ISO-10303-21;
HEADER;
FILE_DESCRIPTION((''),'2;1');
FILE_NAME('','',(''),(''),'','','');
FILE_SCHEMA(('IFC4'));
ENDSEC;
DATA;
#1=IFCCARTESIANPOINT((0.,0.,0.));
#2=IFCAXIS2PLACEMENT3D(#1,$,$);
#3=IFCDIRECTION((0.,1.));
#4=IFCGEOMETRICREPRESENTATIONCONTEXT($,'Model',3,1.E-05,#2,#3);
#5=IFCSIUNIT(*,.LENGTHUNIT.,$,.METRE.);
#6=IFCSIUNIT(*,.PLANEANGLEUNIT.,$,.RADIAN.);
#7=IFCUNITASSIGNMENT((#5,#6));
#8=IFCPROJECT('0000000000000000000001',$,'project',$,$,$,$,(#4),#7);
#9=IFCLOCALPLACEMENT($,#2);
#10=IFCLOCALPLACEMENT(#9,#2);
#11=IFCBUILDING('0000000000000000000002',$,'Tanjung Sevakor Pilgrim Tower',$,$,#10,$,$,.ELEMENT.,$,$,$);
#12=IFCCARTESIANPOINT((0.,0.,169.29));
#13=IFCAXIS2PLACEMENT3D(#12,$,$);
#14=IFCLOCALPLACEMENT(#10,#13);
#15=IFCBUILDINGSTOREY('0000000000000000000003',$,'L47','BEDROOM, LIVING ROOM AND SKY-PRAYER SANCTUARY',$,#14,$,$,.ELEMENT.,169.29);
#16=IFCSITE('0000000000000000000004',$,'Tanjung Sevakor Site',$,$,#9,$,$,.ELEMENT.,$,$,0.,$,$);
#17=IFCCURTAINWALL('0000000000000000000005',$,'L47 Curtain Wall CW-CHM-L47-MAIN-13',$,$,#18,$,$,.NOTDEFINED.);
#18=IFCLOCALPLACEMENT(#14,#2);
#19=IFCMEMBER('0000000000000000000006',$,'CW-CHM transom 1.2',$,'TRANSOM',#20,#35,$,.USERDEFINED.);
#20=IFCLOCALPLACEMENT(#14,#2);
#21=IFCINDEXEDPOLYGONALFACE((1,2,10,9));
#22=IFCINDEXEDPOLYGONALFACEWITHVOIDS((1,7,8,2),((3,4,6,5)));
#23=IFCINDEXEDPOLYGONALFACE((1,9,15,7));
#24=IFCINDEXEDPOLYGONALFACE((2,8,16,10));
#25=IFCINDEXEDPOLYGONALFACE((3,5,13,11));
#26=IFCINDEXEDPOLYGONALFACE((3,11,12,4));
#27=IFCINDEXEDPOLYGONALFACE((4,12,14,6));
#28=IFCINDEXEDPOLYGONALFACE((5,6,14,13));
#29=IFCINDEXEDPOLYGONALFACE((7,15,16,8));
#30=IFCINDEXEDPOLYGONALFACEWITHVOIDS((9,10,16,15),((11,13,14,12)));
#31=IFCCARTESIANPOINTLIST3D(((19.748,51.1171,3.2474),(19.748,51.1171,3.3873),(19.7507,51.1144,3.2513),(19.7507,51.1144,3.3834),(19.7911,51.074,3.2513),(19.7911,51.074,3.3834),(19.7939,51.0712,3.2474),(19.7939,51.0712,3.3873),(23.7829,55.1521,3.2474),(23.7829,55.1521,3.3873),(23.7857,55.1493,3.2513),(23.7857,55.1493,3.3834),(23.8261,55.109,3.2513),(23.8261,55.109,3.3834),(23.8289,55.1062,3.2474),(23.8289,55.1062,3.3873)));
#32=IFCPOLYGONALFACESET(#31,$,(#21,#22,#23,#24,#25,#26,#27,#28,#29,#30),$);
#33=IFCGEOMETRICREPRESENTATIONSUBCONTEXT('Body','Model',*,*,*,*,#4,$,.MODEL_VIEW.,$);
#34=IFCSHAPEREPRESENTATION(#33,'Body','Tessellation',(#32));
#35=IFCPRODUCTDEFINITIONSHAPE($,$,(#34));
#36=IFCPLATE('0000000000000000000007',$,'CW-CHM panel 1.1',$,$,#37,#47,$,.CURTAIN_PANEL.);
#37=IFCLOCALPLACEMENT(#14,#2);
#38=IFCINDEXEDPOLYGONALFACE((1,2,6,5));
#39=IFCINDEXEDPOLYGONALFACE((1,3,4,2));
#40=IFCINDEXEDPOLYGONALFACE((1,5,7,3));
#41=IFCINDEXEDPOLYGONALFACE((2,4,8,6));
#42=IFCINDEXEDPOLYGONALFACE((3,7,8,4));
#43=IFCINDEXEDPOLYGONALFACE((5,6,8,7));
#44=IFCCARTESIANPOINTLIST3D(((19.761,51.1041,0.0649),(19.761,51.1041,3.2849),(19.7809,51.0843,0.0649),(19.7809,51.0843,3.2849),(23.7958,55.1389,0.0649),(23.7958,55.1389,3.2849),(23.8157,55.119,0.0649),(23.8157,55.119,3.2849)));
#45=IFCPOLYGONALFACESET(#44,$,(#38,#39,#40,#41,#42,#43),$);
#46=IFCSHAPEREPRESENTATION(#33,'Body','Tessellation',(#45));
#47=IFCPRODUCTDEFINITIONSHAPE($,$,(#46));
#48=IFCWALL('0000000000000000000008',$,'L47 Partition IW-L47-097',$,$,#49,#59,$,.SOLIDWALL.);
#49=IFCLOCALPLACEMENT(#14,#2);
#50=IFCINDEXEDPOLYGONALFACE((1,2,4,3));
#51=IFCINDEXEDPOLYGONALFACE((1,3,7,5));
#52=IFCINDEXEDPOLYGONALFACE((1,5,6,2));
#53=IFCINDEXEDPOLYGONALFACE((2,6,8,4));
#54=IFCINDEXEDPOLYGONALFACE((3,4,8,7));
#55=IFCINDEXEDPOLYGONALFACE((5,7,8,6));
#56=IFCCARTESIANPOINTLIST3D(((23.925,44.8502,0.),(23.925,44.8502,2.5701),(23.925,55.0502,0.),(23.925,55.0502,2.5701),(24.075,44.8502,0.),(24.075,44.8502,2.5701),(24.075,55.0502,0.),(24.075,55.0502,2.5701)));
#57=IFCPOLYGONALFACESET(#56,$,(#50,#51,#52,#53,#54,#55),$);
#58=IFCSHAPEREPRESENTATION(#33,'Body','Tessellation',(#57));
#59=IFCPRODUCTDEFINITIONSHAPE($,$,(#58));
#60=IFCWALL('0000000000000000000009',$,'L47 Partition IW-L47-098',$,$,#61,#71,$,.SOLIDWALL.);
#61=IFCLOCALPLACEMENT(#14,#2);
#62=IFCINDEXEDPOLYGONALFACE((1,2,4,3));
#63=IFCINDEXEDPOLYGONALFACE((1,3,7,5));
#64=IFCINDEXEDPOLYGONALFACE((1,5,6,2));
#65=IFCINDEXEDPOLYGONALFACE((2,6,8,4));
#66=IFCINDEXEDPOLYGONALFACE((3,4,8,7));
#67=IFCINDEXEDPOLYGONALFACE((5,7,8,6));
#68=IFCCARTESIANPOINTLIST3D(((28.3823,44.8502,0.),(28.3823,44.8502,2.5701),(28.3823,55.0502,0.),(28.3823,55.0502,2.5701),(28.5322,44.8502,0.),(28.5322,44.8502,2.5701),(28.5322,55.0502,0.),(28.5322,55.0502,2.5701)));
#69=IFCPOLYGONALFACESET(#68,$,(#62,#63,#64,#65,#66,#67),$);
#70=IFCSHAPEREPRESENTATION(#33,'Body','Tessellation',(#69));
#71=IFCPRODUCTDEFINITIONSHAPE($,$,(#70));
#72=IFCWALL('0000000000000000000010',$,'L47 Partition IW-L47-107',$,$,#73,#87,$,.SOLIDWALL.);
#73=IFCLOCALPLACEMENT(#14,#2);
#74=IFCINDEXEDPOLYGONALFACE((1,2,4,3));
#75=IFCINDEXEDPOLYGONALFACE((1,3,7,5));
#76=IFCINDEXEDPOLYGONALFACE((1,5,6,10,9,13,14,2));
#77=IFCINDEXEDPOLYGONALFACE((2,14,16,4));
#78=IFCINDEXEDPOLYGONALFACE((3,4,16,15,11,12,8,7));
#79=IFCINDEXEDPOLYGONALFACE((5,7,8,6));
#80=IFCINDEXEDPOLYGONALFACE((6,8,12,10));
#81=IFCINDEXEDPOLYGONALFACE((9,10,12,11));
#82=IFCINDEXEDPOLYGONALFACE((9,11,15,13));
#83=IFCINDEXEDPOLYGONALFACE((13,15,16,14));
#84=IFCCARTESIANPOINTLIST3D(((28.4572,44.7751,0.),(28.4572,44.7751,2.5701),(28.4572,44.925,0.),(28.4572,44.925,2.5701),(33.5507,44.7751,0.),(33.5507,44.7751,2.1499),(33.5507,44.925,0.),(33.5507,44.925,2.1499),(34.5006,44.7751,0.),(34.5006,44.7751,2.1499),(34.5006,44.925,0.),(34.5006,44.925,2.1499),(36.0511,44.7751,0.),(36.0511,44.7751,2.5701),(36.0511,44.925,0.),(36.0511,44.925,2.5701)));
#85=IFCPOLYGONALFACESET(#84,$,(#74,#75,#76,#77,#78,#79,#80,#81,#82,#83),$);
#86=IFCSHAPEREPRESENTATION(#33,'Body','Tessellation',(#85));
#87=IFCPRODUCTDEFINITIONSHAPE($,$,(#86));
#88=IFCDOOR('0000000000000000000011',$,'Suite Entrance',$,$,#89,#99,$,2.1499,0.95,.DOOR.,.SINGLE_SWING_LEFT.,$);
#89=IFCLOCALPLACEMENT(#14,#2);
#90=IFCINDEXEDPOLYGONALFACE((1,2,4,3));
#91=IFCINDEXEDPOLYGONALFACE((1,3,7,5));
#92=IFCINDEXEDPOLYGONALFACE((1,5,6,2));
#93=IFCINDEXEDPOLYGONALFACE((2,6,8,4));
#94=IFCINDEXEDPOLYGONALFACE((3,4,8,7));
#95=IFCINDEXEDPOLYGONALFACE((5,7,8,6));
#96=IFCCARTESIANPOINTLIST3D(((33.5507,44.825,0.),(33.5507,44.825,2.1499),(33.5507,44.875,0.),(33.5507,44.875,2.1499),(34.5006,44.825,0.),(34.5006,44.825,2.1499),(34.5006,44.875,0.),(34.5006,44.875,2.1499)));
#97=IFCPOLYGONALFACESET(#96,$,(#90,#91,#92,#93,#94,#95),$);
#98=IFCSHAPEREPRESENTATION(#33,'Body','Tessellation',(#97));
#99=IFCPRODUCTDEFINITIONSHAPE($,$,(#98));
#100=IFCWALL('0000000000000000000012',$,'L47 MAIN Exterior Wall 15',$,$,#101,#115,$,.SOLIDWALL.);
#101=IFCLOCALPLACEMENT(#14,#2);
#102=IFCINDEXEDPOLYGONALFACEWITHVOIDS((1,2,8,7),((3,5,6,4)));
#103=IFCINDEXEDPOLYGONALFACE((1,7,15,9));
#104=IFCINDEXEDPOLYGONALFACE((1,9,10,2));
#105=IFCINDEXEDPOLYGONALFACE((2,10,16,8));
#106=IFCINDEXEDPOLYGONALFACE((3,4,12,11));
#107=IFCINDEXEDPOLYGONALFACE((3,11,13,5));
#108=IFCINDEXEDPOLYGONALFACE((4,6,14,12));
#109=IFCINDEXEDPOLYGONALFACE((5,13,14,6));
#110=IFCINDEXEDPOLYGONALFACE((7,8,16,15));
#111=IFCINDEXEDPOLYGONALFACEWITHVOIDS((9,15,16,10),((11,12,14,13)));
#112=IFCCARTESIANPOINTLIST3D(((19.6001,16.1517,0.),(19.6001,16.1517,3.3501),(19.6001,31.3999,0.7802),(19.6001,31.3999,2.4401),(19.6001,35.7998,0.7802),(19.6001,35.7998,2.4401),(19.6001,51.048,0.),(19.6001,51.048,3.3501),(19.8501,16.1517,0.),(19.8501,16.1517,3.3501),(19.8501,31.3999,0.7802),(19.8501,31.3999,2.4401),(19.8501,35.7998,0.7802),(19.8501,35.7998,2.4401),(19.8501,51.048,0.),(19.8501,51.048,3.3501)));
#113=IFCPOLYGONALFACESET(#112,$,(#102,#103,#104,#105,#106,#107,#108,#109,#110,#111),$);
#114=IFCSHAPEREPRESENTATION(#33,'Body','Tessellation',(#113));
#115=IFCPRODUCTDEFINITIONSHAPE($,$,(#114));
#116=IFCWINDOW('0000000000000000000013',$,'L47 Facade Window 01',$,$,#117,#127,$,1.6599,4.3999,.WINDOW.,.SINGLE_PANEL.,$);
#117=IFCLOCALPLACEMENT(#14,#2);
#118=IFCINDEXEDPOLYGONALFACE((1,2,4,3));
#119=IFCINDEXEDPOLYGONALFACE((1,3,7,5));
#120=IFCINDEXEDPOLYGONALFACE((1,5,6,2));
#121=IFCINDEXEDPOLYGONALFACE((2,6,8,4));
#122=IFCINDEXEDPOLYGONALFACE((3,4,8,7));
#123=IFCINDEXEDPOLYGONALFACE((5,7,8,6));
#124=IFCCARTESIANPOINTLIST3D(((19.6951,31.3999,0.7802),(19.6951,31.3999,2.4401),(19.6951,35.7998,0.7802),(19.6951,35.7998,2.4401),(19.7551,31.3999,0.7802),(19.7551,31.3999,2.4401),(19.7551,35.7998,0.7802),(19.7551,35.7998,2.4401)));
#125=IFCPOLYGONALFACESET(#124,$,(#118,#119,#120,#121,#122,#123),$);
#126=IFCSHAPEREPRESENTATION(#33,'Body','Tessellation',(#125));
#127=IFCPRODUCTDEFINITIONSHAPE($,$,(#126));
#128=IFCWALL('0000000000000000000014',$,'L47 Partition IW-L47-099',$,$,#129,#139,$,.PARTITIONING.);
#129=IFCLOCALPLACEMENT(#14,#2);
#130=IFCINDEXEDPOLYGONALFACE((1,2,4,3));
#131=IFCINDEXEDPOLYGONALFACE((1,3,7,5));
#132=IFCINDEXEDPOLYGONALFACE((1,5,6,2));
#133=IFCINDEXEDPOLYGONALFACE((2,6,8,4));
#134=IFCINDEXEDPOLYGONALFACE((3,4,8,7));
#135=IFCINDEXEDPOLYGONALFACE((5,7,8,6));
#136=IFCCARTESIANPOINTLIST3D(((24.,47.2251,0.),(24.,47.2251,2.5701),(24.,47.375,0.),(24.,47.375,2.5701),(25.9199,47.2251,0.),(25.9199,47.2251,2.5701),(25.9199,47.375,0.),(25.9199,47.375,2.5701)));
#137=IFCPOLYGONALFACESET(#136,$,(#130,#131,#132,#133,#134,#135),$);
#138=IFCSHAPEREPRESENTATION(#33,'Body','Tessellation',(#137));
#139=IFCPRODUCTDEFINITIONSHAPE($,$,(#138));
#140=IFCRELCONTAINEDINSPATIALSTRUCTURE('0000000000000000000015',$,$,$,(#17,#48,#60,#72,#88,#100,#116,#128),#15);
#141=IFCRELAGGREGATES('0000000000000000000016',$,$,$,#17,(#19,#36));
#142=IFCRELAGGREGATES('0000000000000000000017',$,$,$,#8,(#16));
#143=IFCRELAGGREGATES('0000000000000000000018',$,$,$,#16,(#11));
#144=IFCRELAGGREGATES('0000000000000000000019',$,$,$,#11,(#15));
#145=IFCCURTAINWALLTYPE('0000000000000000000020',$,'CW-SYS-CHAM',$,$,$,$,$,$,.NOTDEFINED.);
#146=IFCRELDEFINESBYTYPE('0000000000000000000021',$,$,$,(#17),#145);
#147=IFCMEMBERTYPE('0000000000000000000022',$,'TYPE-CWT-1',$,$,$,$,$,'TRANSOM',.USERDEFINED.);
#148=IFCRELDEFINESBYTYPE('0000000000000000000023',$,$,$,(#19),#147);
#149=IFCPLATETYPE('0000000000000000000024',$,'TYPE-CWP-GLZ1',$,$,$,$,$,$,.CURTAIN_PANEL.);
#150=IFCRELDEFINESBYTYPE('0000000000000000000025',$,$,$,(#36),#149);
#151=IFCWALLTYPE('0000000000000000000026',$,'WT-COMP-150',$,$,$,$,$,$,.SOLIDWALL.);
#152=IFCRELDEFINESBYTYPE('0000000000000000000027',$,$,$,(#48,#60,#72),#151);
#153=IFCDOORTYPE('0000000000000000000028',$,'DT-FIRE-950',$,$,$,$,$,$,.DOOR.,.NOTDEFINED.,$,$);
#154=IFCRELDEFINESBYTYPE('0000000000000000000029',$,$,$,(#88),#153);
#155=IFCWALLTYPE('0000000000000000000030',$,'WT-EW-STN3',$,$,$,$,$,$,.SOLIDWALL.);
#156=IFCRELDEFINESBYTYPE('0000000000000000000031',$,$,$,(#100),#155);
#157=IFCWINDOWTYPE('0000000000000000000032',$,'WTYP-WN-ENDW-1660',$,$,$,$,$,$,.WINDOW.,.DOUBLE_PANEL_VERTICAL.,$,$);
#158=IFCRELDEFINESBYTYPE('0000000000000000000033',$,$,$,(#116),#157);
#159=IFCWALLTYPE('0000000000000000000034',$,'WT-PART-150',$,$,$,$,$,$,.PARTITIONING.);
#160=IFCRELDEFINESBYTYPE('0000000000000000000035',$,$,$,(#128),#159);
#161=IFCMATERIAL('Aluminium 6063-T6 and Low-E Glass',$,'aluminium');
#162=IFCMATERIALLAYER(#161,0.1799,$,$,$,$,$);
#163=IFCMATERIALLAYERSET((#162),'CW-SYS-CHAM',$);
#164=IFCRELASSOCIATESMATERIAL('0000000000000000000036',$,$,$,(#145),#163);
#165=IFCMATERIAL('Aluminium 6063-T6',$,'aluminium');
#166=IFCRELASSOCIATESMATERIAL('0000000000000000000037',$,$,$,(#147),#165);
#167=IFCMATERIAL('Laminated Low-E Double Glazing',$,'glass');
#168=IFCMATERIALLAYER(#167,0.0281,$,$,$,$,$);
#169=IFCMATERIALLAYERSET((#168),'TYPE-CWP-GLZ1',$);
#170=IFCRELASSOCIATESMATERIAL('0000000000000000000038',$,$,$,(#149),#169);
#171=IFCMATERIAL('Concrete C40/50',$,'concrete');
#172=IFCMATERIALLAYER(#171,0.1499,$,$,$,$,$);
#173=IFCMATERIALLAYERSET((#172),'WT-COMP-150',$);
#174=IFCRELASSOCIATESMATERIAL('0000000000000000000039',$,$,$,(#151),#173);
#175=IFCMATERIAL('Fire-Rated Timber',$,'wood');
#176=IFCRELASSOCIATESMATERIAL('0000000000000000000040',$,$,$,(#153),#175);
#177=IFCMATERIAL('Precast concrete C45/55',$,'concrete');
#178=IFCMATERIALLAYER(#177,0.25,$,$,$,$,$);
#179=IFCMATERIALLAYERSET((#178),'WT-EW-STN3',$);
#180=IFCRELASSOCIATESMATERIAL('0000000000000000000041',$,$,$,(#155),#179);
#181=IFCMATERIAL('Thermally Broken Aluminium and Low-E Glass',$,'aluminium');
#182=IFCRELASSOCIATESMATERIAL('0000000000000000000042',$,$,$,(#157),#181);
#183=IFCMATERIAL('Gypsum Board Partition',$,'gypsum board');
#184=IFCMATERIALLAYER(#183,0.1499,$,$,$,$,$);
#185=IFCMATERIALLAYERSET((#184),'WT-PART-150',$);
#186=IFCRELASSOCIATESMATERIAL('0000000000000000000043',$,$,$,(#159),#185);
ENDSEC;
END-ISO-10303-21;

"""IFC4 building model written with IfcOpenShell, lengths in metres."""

from ifc_helpers import new_model, si_unit, direction, frame, frame_2d, origin, origin_2d, place, context, subcontext, project, spatial, rectangle, hollow_rectangle, extrude, material, layer, layer_set, material_profile, profile_set, type_object, element, fill, aggregate, save


model = new_model("IFC4")

# Units and contexts
model_context = context("Model", 3, precision=1e-05, world=origin(), true_north=direction((0.0, 1.0)))
body_context = subcontext(model_context, "Body", "Model", "MODEL_VIEW")
ifc_project = project(units=[si_unit("LENGTHUNIT", "METRE"), si_unit("PLANEANGLEUNIT", "RADIAN")], contexts=[model_context])

# Site, building, storey
site_placement = place(None, origin())
site = spatial("IfcSite", under=ifc_project, at=site_placement, Name="Tanjung Sevakor Site", CompositionType="ELEMENT", RefElevation=0.0)
building_placement = place(site_placement, origin())
building = spatial("IfcBuilding", under=site, at=building_placement, Name="Tanjung Sevakor Pilgrim Tower", CompositionType="ELEMENT")
storey_placement = place(building_placement, frame((0.0, 0.0, 169.29)))
storey = spatial("IfcBuildingStorey", under=building, at=storey_placement, Name="L47", Description="BEDROOM, LIVING ROOM AND SKY-PRAYER SANCTUARY", CompositionType="ELEMENT", Elevation=169.29)

# Curtain wall, member, plate
ifc_material_1 = material(Name="Aluminium 6063-T6 and Low-E Glass", Category="aluminium")
ifc_layer_1 = layer(ifc_material_1, 0.1799)
ifc_layer_set_1 = layer_set([ifc_layer_1], Name="CW-SYS-CHAM")
curtain_wall_type = type_object("IfcCurtainWallType", Name="CW-SYS-CHAM", PredefinedType="NOTDEFINED", material=ifc_layer_set_1)
curtain_wall_placement = place(storey_placement, origin())
curtain_wall = element("IfcCurtainWall", 1, at=curtain_wall_placement, inside=storey, type_object=curtain_wall_type, Name="L47 Curtain Wall CW-CHM-L47-MAIN-13", PredefinedType="NOTDEFINED")
ifc_material_2 = material(Name="Aluminium 6063-T6", Category="aluminium")
ifc_material_profile_1 = material_profile(ifc_material_2, hollow_rectangle(XDim=0.0649, YDim=0.1399, WallThickness=0.0039, at=origin_2d()))
ifc_profile_set_1 = profile_set([ifc_material_profile_1], Name="Aluminium 6063-T6")
member_type_1 = type_object("IfcMemberType", Name="TYPE-CWT-1", ElementType="TRANSOM", PredefinedType="USERDEFINED", material=ifc_profile_set_1)
member_1_placement = place(storey_placement, frame((23.8059, 55.1292, 3.3174), z_axis=(-0.707107, -0.707107, 0.0), x_axis=(0.707107, -0.707107, 0.0)))
member_1 = element("IfcMember", 2, at=member_1_placement, type_object=member_type_1, Name="CW-CHM transom 1.2", ObjectType="TRANSOM", PredefinedType="USERDEFINED", context=body_context, shape_type="SweptSolid", body=[
    extrude(hollow_rectangle(XDim=0.0649, YDim=0.1399, WallThickness=0.0039, at=origin_2d()), origin(), (0.0, 0.0, 1.0), 5.7063),
])
ifc_material_3 = material(Name="Laminated Low-E Double Glazing", Category="glass")
ifc_layer_2 = layer(ifc_material_3, 0.0281)
ifc_layer_set_2 = layer_set([ifc_layer_2], Name="TYPE-CWP-GLZ1")
plate_type = type_object("IfcPlateType", Name="TYPE-CWP-GLZ1", PredefinedType="CURTAIN_PANEL", material=ifc_layer_set_2)
plate_placement = place(storey_placement, frame((21.7883, 53.1116, 0.0649), z_axis=(0.0, 0.0, 1.0), x_axis=(-0.707107, -0.707107, 0.0)))
plate = element("IfcPlate", 3, at=plate_placement, type_object=plate_type, Name="CW-CHM panel 1.1", PredefinedType="CURTAIN_PANEL", context=body_context, shape_type="SweptSolid", body=[
    extrude(rectangle(XDim=5.7061, YDim=0.0281, at=origin_2d()), origin(), (0.0, 0.0, 1.0), 3.22),
])
aggregate(curtain_wall, [member_1, plate])

# Walls
ifc_material_4 = material(Name="Concrete C40/50", Category="concrete")
ifc_layer_3 = layer(ifc_material_4, 0.1499)
ifc_layer_set_3 = layer_set([ifc_layer_3], Name="WT-COMP-150")
wall_type_1 = type_object("IfcWallType", Name="WT-COMP-150", PredefinedType="SOLIDWALL", material=ifc_layer_set_3)
for number, where, z_axis, x_axis, name in (
    (4, (24.0, 44.8501, 0.0), (0.0, 0.0, 1.0), (0.0, 1.0, 0.0), "L47 Partition IW-L47-097"),
    (5, (28.4573, 44.8501, 0.0), (0.0, 0.0, 1.0), (0.0, 1.0, 0.0), "L47 Partition IW-L47-098"),
):
    element("IfcWall", number, at=place(storey_placement, frame(where, z_axis=z_axis, x_axis=x_axis)), inside=storey, type_object=wall_type_1, Name=name, PredefinedType="SOLIDWALL", context=body_context, shape_type="SweptSolid", body=[
        extrude(rectangle(XDim=10.2, YDim=0.1499, at=frame_2d((5.1001, 0.0))), origin(), (0.0, 0.0, 1.0), 2.5701),
    ])

# Wall, opening, door
ifc_material_5 = material(Name="Fire-Rated Timber", Category="wood")
door_type_1 = type_object("IfcDoorType", Name="DT-FIRE-950", OperationType="NOTDEFINED", PredefinedType="DOOR", material=ifc_material_5)
wall_1_placement = place(storey_placement, frame((28.4573, 44.8501, 0.0), z_axis=(0.0, 0.0, 1.0), x_axis=(1.0, 0.0, 0.0)))
wall_1 = element("IfcWall", 6, at=wall_1_placement, inside=storey, type_object=wall_type_1, Name="L47 Partition IW-L47-107", PredefinedType="SOLIDWALL", context=body_context, shape_type="SweptSolid", body=[
    extrude(rectangle(XDim=7.594, YDim=0.1499, at=frame_2d((3.7969, 0.0))), origin(), (0.0, 0.0, 1.0), 2.5701),
])
opening_1_placement = place(wall_1_placement, frame((5.0933, 0.0, 0.0)))
opening_1 = element("IfcOpeningElement", 7, at=opening_1_placement, cuts=wall_1, PredefinedType="OPENING", context=body_context, shape_type="SweptSolid", body=[
    extrude(rectangle(XDim=0.95, YDim=2.1499, at=frame_2d((0.4751, 1.075))), frame((0.0, 0.085, 0.0), z_axis=(0.0, -1.0, 0.0), x_axis=(1.0, 0.0, 0.0)), (0.0, 0.0, 1.0), 0.1699),
])
door_1_placement = place(opening_1_placement, origin())
door_1 = element("IfcDoor", 8, at=door_1_placement, inside=storey, type_object=door_type_1, Name="Suite Entrance", OperationType="SINGLE_SWING_LEFT", OverallHeight=2.1499, OverallWidth=0.95, PredefinedType="DOOR", context=body_context, shape_type="SweptSolid", body=[
    extrude(rectangle(XDim=0.95, YDim=2.1499, at=frame_2d((0.4751, 1.075))), frame((0.0, 0.0249, 0.0), z_axis=(0.0, -1.0, 0.0), x_axis=(1.0, 0.0, 0.0)), (0.0, 0.0, 1.0), 0.05),
])
fill(opening_1, door_1)

# Wall, opening, window
ifc_material_6 = material(Name="Precast concrete C45/55", Category="concrete")
ifc_layer_4 = layer(ifc_material_6, 0.25)
ifc_layer_set_4 = layer_set([ifc_layer_4], Name="WT-EW-STN3")
wall_type_2 = type_object("IfcWallType", Name="WT-EW-STN3", PredefinedType="SOLIDWALL", material=ifc_layer_set_4)
wall_2_placement = place(storey_placement, frame((19.7251, 51.0481, 0.0), z_axis=(0.0, 0.0, 1.0), x_axis=(0.0, -1.0, 0.0)))
wall_2 = element("IfcWall", 9, at=wall_2_placement, inside=storey, type_object=wall_type_2, Name="L47 MAIN Exterior Wall 15", PredefinedType="SOLIDWALL", context=body_context, shape_type="SweptSolid", body=[
    extrude(rectangle(XDim=34.8962, YDim=0.25, at=frame_2d((17.4482, 0.0))), origin(), (0.0, 0.0, 1.0), 3.3501),
])
opening_2_placement = place(wall_2_placement, frame((15.2483, 0.0, 0.78)))
opening_2 = element("IfcOpeningElement", 10, at=opening_2_placement, cuts=wall_2, PredefinedType="OPENING", context=body_context, shape_type="SweptSolid", body=[
    extrude(rectangle(XDim=4.3999, YDim=1.6599, at=frame_2d((2.2, 0.8301))), frame((0.0, 0.135, 0.0), z_axis=(0.0, -1.0, 0.0), x_axis=(1.0, 0.0, 0.0)), (0.0, 0.0, 1.0), 0.27),
])
ifc_material_7 = material(Name="Thermally Broken Aluminium and Low-E Glass", Category="aluminium")
window_type = type_object("IfcWindowType", Name="WTYP-WN-ENDW-1660", PartitioningType="DOUBLE_PANEL_VERTICAL", PredefinedType="WINDOW", material=ifc_material_7)
window_placement = place(opening_2_placement, origin())
window = element("IfcWindow", 11, at=window_placement, inside=storey, type_object=window_type, Name="L47 Facade Window 01", OverallHeight=1.6599, OverallWidth=4.3999, PartitioningType="SINGLE_PANEL", PredefinedType="WINDOW", context=body_context, shape_type="SweptSolid", body=[
    extrude(rectangle(XDim=4.3999, YDim=1.6599, at=frame_2d((2.2, 0.8301))), frame((0.0, 0.03, 0.0), z_axis=(0.0, -1.0, 0.0), x_axis=(1.0, 0.0, 0.0)), (0.0, 0.0, 1.0), 0.0601),
])
fill(opening_2, window)

# Wall
ifc_material_8 = material(Name="Gypsum Board Partition", Category="gypsum board")
ifc_layer_5 = layer(ifc_material_8, 0.1499)
ifc_layer_set_5 = layer_set([ifc_layer_5], Name="WT-PART-150")
wall_type_3 = type_object("IfcWallType", Name="WT-PART-150", PredefinedType="PARTITIONING", material=ifc_layer_set_5)
wall_3_placement = place(storey_placement, frame((24.0, 47.3, 0.0), z_axis=(0.0, 0.0, 1.0), x_axis=(1.0, 0.0, 0.0)))
element("IfcWall", 12, at=wall_3_placement, inside=storey, type_object=wall_type_3, Name="L47 Partition IW-L47-099", PredefinedType="PARTITIONING", context=body_context, shape_type="SweptSolid", body=[
    extrude(rectangle(XDim=1.9199, YDim=0.1499, at=frame_2d((0.96, 0.0))), origin(), (0.0, 0.0, 1.0), 2.5701),
])

save(model, "model.ifc")
